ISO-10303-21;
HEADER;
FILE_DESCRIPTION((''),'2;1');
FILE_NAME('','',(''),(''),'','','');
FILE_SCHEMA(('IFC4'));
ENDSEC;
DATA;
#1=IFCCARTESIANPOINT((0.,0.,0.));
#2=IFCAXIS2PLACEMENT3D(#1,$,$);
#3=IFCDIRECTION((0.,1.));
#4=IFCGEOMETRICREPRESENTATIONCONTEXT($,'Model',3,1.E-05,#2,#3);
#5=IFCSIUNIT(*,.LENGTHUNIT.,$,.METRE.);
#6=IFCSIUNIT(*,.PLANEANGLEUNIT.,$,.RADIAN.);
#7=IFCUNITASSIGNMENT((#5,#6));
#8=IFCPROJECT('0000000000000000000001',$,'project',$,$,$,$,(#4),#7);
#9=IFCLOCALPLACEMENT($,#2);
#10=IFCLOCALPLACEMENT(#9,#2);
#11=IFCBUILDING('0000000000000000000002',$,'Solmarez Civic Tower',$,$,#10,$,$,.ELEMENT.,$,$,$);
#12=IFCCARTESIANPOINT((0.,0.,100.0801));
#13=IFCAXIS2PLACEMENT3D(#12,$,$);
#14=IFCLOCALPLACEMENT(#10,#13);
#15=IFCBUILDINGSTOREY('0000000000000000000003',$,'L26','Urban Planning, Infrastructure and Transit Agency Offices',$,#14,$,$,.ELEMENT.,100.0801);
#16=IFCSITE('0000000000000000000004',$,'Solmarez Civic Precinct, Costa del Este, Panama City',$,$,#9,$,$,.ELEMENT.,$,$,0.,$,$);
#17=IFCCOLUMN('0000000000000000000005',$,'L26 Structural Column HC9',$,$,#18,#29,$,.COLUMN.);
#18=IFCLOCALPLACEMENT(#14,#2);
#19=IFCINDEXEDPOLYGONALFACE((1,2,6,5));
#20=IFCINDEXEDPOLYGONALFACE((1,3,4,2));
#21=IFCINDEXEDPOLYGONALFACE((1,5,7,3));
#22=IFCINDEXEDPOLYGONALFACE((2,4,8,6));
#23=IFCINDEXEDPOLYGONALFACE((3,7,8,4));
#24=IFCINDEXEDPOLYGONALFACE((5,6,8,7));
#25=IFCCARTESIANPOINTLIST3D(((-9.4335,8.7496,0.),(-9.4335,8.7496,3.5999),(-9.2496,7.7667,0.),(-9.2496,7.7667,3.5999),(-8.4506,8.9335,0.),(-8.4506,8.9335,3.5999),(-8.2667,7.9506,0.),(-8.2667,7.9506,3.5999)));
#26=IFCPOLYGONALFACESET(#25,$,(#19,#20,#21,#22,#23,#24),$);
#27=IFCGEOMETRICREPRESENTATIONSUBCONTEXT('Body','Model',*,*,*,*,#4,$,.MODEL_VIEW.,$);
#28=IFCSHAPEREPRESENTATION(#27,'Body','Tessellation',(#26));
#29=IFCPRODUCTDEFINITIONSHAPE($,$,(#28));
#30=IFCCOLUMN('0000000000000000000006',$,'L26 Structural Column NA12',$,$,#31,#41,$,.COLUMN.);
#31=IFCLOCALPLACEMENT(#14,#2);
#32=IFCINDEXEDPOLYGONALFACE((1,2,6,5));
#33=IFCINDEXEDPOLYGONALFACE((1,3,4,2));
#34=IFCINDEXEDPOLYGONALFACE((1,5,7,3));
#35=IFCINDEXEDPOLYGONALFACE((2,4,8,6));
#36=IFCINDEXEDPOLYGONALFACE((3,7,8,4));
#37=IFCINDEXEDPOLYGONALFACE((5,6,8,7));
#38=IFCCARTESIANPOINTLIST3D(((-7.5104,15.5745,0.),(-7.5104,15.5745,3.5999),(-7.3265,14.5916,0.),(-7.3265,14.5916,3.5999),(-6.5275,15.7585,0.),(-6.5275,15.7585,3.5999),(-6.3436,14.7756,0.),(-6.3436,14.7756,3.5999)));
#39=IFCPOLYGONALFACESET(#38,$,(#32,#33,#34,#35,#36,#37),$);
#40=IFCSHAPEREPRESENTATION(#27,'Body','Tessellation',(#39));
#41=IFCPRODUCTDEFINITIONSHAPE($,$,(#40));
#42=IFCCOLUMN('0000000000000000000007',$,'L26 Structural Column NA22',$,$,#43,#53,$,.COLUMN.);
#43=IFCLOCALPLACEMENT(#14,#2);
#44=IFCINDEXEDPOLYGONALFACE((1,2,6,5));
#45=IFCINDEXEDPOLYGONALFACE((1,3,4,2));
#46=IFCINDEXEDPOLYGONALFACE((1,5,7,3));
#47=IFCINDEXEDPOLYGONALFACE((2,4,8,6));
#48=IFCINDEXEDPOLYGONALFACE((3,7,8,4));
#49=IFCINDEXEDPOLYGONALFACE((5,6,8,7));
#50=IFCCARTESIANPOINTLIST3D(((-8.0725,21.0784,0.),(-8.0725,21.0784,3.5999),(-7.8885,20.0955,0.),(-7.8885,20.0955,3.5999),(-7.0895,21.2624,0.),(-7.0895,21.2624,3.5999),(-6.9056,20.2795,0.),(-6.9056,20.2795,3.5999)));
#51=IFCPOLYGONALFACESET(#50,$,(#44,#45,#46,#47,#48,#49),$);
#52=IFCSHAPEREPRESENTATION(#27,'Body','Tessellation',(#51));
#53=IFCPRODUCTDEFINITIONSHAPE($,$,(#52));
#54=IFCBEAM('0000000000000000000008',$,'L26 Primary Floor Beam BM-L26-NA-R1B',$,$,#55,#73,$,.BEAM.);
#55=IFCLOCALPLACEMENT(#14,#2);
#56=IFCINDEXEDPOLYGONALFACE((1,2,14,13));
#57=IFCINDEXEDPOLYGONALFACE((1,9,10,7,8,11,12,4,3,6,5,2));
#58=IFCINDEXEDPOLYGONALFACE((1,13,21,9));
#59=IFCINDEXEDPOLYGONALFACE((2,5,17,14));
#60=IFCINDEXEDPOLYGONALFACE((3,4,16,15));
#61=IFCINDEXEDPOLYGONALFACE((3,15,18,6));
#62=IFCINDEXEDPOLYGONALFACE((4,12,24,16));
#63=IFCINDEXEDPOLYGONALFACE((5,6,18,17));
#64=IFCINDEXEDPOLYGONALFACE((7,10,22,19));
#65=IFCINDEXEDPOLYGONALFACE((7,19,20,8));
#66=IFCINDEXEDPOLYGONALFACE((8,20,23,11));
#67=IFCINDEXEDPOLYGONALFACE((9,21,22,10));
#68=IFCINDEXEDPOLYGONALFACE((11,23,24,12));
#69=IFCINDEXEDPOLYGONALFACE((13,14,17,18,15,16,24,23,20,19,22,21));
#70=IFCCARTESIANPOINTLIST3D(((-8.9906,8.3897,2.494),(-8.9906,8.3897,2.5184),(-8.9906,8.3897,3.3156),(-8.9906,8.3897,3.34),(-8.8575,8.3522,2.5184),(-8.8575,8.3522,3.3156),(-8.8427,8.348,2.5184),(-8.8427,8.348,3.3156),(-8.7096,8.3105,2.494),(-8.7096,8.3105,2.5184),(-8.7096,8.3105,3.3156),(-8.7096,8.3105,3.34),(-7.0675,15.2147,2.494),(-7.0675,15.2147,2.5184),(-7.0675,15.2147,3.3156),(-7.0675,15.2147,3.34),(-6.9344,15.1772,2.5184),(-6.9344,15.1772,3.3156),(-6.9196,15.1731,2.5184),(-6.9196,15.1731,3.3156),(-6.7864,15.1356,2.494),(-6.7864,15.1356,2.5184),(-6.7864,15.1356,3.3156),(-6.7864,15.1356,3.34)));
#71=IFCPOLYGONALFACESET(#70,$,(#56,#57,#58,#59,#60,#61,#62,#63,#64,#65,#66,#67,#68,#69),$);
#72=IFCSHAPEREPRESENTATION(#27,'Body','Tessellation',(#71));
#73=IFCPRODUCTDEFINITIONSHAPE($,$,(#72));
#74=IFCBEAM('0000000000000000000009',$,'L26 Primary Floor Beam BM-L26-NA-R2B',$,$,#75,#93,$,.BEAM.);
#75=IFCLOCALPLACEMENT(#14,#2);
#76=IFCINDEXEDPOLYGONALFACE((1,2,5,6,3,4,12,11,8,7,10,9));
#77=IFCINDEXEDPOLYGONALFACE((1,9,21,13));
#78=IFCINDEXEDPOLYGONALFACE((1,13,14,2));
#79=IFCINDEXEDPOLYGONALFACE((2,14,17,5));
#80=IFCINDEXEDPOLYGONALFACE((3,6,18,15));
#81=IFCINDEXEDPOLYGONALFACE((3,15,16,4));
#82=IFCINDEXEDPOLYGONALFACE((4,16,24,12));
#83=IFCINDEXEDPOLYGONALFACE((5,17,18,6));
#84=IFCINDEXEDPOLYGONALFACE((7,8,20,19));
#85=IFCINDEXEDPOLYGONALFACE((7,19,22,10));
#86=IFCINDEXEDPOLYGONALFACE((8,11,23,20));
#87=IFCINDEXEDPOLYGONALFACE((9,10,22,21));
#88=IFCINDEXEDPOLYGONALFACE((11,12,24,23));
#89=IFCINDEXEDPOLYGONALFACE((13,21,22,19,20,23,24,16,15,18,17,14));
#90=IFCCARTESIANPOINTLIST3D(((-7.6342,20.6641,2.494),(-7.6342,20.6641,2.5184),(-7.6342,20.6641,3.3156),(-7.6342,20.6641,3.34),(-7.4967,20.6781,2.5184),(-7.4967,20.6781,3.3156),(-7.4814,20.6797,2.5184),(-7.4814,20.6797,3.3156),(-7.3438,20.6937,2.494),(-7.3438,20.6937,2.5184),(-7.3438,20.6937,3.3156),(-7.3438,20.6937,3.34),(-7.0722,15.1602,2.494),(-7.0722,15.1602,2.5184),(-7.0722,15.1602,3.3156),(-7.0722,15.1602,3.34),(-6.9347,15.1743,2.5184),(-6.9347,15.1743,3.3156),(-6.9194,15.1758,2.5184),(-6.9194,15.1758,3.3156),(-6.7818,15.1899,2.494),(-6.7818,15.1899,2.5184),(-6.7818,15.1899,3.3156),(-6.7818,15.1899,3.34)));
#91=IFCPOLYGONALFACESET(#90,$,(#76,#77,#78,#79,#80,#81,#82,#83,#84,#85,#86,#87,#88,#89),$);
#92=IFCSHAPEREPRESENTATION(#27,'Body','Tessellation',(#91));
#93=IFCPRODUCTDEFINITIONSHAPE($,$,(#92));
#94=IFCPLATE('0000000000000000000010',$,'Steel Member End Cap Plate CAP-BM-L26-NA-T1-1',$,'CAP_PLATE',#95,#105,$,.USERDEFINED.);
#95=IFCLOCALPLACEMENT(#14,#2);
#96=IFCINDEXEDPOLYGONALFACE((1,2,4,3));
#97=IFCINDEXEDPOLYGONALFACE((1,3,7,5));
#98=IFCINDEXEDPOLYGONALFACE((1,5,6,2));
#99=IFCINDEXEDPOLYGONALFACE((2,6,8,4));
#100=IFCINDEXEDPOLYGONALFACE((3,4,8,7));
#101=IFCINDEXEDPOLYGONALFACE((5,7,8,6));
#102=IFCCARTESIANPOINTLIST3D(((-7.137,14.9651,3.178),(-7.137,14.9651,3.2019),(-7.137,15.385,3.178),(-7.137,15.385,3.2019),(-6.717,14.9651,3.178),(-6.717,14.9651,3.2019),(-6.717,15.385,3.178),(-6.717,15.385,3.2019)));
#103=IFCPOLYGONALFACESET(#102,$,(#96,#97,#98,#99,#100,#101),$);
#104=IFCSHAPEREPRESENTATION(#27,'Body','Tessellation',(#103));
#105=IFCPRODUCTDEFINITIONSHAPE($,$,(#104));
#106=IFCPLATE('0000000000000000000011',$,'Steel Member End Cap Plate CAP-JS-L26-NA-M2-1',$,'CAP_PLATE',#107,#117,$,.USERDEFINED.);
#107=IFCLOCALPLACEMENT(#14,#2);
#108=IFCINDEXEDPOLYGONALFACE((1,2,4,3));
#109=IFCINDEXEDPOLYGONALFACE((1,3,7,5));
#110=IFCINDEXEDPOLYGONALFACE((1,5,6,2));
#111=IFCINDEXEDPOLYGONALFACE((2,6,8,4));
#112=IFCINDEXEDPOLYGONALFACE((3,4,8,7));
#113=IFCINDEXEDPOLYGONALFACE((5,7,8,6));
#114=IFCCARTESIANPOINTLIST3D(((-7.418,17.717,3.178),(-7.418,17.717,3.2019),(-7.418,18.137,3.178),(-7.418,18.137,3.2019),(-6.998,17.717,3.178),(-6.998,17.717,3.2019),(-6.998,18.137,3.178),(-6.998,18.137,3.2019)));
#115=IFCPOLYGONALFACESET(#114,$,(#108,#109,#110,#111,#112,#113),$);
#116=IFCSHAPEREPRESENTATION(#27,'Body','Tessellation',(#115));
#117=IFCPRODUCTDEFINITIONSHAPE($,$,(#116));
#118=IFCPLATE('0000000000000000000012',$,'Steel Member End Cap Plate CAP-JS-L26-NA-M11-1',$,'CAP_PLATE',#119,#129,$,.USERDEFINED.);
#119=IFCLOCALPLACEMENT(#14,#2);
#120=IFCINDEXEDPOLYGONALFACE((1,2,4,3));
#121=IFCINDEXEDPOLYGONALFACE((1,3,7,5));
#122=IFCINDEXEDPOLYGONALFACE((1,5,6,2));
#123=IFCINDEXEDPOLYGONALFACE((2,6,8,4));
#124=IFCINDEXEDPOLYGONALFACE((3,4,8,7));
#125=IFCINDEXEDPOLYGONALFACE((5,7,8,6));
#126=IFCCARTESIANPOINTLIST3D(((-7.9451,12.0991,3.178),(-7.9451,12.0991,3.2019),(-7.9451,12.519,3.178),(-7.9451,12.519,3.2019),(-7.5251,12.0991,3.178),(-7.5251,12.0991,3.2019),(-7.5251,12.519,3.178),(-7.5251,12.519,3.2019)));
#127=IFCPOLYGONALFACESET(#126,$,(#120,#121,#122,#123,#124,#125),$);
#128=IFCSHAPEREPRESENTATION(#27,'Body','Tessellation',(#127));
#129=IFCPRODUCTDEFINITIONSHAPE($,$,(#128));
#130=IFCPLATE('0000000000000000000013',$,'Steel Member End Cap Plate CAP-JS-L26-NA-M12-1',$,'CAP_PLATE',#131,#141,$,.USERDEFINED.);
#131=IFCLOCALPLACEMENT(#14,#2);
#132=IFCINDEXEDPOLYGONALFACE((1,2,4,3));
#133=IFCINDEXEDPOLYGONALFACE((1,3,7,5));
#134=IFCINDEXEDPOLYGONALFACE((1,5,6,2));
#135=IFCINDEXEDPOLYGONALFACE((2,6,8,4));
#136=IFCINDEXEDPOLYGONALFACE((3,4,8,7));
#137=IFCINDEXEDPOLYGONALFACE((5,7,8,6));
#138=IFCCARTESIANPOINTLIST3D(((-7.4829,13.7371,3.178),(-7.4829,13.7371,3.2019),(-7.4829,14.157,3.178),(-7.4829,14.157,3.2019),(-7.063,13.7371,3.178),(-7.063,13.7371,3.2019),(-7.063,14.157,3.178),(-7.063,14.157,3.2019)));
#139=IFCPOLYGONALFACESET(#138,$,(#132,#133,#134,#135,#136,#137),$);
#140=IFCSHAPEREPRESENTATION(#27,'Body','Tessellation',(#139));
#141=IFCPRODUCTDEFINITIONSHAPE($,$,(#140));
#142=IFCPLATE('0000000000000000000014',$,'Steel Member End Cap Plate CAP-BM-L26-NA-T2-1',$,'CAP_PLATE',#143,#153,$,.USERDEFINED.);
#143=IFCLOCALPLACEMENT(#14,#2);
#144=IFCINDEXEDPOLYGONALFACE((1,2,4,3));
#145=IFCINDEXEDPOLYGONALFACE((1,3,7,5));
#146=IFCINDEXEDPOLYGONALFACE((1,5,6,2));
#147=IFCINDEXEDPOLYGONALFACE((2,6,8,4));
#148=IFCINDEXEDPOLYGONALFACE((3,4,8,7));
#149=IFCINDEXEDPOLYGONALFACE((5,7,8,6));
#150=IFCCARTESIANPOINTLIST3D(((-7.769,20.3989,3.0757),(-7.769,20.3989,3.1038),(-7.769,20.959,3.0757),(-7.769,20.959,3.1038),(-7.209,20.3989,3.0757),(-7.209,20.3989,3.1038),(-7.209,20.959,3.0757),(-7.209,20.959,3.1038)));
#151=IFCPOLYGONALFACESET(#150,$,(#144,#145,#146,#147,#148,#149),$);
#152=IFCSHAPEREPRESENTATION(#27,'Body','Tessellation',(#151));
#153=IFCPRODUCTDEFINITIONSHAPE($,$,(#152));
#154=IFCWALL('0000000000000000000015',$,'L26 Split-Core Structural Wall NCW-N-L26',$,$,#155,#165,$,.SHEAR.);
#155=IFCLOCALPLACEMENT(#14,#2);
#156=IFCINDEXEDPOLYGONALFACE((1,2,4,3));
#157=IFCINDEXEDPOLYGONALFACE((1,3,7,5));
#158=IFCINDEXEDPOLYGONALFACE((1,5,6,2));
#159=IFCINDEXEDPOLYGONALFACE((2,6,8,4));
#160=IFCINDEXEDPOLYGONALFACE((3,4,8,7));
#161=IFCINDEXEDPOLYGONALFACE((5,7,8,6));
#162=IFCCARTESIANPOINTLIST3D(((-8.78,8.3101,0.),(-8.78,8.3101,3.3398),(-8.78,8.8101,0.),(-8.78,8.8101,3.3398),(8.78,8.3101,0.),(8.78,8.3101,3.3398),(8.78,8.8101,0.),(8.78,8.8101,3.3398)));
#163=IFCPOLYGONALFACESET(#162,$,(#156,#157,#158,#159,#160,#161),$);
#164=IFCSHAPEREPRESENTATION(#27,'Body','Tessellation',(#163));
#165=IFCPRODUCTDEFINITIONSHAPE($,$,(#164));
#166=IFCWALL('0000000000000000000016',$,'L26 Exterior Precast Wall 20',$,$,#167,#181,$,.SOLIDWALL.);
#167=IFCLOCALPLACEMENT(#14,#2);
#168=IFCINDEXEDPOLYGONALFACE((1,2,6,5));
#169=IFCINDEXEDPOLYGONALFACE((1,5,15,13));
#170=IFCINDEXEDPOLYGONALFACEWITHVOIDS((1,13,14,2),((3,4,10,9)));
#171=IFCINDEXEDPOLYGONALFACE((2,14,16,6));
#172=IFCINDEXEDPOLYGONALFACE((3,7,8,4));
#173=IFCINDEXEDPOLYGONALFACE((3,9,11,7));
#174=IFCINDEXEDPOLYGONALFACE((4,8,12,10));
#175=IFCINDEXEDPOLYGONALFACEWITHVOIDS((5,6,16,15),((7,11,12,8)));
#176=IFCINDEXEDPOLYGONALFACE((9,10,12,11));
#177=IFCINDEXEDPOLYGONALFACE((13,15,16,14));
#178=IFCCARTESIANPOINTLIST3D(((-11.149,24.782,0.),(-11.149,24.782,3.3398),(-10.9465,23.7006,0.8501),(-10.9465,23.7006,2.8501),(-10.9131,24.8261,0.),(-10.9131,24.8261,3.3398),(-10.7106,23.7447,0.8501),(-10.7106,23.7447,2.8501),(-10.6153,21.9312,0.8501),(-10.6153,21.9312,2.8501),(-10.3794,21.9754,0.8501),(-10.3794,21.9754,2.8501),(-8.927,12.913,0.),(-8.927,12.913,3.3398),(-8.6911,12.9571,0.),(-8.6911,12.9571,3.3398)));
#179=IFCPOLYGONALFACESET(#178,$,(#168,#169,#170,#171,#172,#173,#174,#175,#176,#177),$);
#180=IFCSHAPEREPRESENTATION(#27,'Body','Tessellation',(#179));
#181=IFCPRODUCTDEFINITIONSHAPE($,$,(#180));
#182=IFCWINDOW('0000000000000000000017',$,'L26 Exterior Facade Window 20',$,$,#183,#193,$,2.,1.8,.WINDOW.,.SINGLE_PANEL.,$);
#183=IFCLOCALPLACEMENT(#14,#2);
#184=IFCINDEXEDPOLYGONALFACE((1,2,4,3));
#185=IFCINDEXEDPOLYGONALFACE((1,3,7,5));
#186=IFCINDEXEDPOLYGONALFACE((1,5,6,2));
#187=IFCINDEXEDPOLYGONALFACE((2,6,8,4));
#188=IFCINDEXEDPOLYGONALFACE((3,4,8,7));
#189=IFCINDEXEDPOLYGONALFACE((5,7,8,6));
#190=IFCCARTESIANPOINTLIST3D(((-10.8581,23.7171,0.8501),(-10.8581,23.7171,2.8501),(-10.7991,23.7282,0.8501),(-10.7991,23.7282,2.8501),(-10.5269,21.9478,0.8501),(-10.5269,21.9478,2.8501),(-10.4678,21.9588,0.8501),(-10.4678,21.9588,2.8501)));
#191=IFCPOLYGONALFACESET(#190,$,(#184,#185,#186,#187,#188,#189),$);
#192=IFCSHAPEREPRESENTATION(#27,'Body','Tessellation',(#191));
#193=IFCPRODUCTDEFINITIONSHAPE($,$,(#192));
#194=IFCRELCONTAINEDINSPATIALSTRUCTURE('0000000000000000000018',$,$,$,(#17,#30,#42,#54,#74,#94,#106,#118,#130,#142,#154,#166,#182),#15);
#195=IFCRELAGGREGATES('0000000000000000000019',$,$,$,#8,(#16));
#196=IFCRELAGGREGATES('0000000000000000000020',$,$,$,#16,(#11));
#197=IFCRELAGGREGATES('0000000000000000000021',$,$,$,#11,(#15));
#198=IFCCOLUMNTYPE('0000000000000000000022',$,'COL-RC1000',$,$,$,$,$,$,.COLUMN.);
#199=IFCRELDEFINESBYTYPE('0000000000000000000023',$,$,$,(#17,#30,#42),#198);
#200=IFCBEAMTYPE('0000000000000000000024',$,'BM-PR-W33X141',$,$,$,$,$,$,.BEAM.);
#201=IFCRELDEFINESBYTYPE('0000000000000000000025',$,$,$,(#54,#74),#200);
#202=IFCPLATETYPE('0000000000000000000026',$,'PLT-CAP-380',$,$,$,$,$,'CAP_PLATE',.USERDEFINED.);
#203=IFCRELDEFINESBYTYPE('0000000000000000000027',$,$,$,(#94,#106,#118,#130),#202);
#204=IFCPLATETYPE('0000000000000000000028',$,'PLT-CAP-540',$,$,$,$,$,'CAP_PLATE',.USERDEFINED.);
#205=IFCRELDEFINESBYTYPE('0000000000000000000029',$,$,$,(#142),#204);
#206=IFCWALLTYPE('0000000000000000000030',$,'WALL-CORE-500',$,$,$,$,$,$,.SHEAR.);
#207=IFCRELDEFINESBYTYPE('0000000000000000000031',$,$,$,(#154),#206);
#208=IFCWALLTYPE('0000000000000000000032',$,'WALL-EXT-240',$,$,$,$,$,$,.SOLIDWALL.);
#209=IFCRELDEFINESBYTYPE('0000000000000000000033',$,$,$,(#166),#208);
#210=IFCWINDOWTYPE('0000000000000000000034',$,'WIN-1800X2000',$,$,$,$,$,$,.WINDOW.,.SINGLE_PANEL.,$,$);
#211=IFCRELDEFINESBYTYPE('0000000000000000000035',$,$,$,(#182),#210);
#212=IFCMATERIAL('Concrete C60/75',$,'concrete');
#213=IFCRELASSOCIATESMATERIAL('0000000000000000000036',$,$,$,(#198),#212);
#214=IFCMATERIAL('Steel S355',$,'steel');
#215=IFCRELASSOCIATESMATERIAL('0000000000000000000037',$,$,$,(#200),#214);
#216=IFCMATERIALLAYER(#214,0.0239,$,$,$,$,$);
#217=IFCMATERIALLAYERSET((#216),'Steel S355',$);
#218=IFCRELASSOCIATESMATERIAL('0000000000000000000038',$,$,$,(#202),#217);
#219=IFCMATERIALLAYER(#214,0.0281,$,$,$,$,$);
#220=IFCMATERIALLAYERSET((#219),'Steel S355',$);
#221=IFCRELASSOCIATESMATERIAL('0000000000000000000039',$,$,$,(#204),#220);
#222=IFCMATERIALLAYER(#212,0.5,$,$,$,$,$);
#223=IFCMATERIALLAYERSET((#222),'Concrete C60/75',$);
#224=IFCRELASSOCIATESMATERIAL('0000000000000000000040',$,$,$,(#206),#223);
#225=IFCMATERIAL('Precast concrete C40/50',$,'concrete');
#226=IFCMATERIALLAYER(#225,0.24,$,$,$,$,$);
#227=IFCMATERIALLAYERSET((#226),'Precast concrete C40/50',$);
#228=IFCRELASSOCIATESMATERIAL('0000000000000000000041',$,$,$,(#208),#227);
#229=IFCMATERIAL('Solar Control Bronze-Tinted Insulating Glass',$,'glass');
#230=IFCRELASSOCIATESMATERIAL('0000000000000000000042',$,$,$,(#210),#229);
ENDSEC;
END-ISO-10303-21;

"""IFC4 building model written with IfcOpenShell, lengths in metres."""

from ifc_helpers import new_model, si_unit, direction, frame, frame_2d, origin, origin_2d, place, context, subcontext, project, spatial, rectangle, i_section, extrude, material, layer, layer_set, material_profile, profile_set, type_object, element, fill, save


model = new_model("IFC4")

# Units and contexts
model_context = context("Model", 3, precision=1e-05, world=origin(), true_north=direction((0.0, 1.0)))
body_context = subcontext(model_context, "Body", "Model", "MODEL_VIEW")
ifc_project = project(units=[si_unit("LENGTHUNIT", "METRE"), si_unit("PLANEANGLEUNIT", "RADIAN")], contexts=[model_context])

# Site, building, storey
site_placement = place(None, origin())
site = spatial("IfcSite", under=ifc_project, at=site_placement, Name="Solmarez Civic Precinct, Costa del Este, Panama City", CompositionType="ELEMENT", RefElevation=0.0)
building_placement = place(site_placement, origin())
building = spatial("IfcBuilding", under=site, at=building_placement, Name="Solmarez Civic Tower", CompositionType="ELEMENT")
storey_placement = place(building_placement, frame((0.0, 0.0, 100.0801)))
storey = spatial("IfcBuildingStorey", under=building, at=storey_placement, Name="L26", Description="Urban Planning, Infrastructure and Transit Agency Offices", CompositionType="ELEMENT", Elevation=100.0801)

# Columns
ifc_material_1 = material(Name="Concrete C60/75", Category="concrete")
ifc_material_profile_1 = material_profile(ifc_material_1, rectangle(XDim=1.0, YDim=1.0, at=origin_2d()), Name="RC1000X1000")
ifc_profile_set_1 = profile_set([ifc_material_profile_1], Name="Concrete C60/75")
column_type = type_object("IfcColumnType", Name="COL-RC1000", PredefinedType="COLUMN", material=ifc_profile_set_1)
for number, where, z_axis, x_axis, name in (
    (1, (-8.8501, 8.3501, 0.0), (0.0, 0.0, 1.0), (0.982935, 0.183951, 0.0), "L26 Structural Column HC9"),
    (2, (-6.927, 15.175, 0.0), (0.0, 0.0, 1.0), (0.982935, 0.183951, 0.0), "L26 Structural Column NA12"),
    (3, (-7.489, 20.679, 0.0), (0.0, 0.0, 1.0), (0.982935, 0.183951, 0.0), "L26 Structural Column NA22"),
):
    element("IfcColumn", number, at=place(storey_placement, frame(where, z_axis=z_axis, x_axis=x_axis)), inside=storey, type_object=column_type, Name=name, PredefinedType="COLUMN", context=body_context, shape_type="SweptSolid", body=[
        extrude(rectangle(XDim=1.0, YDim=1.0, at=origin_2d()), origin(), (0.0, 0.0, 1.0), 3.5999),
    ])

# Beams
ifc_material_2 = material(Name="Steel S355", Category="steel")
ifc_material_profile_2 = material_profile(ifc_material_2, i_section(OverallWidth=0.292, OverallDepth=0.8459, WebThickness=0.0154, FlangeThickness=0.0244, at=origin_2d()), Name="W33X141")
ifc_profile_set_2 = profile_set([ifc_material_profile_2], Name="Steel S355")
beam_type = type_object("IfcBeamType", Name="BM-PR-W33X141", PredefinedType="BEAM", material=ifc_profile_set_2)
beam_1_placement = place(storey_placement, frame((-8.8501, 8.3501, 2.917), z_axis=(0.271213, 0.962519, 0.0), x_axis=(-0.962519, 0.271213, 0.0)))
element("IfcBeam", 4, at=beam_1_placement, inside=storey, type_object=beam_type, Name="L26 Primary Floor Beam BM-L26-NA-R1B", PredefinedType="BEAM", context=body_context, shape_type="SweptSolid", body=[
    extrude(i_section(OverallWidth=0.292, OverallDepth=0.8459, WebThickness=0.0154, FlangeThickness=0.0244, at=origin_2d()), origin(), (0.0, 0.0, 1.0), 7.0908),
])
beam_2_placement = place(storey_placement, frame((-6.927, 15.175, 2.917), z_axis=(-0.101583, 0.994827, 0.0), x_axis=(-0.994827, -0.101583, 0.0)))
element("IfcBeam", 5, at=beam_2_placement, inside=storey, type_object=beam_type, Name="L26 Primary Floor Beam BM-L26-NA-R2B", PredefinedType="BEAM", context=body_context, shape_type="SweptSolid", body=[
    extrude(i_section(OverallWidth=0.292, OverallDepth=0.8459, WebThickness=0.0154, FlangeThickness=0.0244, at=origin_2d()), origin(), (0.0, 0.0, 1.0), 5.5325),
])

# Plates
ifc_layer_1 = layer(ifc_material_2, 0.0239)
ifc_layer_set_1 = layer_set([ifc_layer_1], Name="Steel S355")
plate_type_1 = type_object("IfcPlateType", Name="PLT-CAP-380", ElementType="CAP_PLATE", PredefinedType="USERDEFINED", material=ifc_layer_set_1)
for number, where, z_axis, x_axis, name in (
    (6, (-6.927, 15.175, 3.178), (0.0, 0.0, 1.0), (1.0, 0.0, 0.0), "Steel Member End Cap Plate CAP-BM-L26-NA-T1-1"),
    (7, (-7.208, 17.927, 3.178), (0.0, 0.0, 1.0), (1.0, 0.0, 0.0), "Steel Member End Cap Plate CAP-JS-L26-NA-M2-1"),
    (8, (-7.7351, 12.3091, 3.178), (0.0, 0.0, 1.0), (1.0, 0.0, 0.0), "Steel Member End Cap Plate CAP-JS-L26-NA-M11-1"),
    (9, (-7.2729, 13.947, 3.178), (0.0, 0.0, 1.0), (1.0, 0.0, 0.0), "Steel Member End Cap Plate CAP-JS-L26-NA-M12-1"),
):
    element("IfcPlate", number, at=place(storey_placement, frame(where, z_axis=z_axis, x_axis=x_axis)), inside=storey, type_object=plate_type_1, Name=name, ObjectType="CAP_PLATE", PredefinedType="USERDEFINED", context=body_context, shape_type="SweptSolid", body=[
        extrude(rectangle(XDim=0.4199, YDim=0.4199, at=origin_2d()), origin(), (0.0, 0.0, 1.0), 0.0239),
    ])
ifc_layer_2 = layer(ifc_material_2, 0.0281)
ifc_layer_set_2 = layer_set([ifc_layer_2], Name="Steel S355")
plate_type_2 = type_object("IfcPlateType", Name="PLT-CAP-540", ElementType="CAP_PLATE", PredefinedType="USERDEFINED", material=ifc_layer_set_2)
plate_placement = place(storey_placement, frame((-7.489, 20.679, 3.0757), z_axis=(0.0, 0.0, 1.0), x_axis=(1.0, 0.0, 0.0)))
element("IfcPlate", 10, at=plate_placement, inside=storey, type_object=plate_type_2, Name="Steel Member End Cap Plate CAP-BM-L26-NA-T2-1", ObjectType="CAP_PLATE", PredefinedType="USERDEFINED", context=body_context, shape_type="SweptSolid", body=[
    extrude(rectangle(XDim=0.5601, YDim=0.5601, at=origin_2d()), origin(), (0.0, 0.0, 1.0), 0.0281),
])

# Wall
ifc_layer_3 = layer(ifc_material_1, 0.5)
ifc_layer_set_3 = layer_set([ifc_layer_3], Name="Concrete C60/75")
wall_type_1 = type_object("IfcWallType", Name="WALL-CORE-500", PredefinedType="SHEAR", material=ifc_layer_set_3)
wall_1_placement = place(storey_placement, frame((-8.78, 8.5601, 0.0), z_axis=(0.0, 0.0, 1.0), x_axis=(1.0, 0.0, 0.0)))
element("IfcWall", 11, at=wall_1_placement, inside=storey, type_object=wall_type_1, Name="L26 Split-Core Structural Wall NCW-N-L26", PredefinedType="SHEAR", context=body_context, shape_type="SweptSolid", body=[
    extrude(rectangle(XDim=17.5601, YDim=0.5, at=frame_2d((8.78, 0.0))), origin(), (0.0, 0.0, 1.0), 3.3398),
])

# Wall, opening, window
ifc_material_3 = material(Name="Precast concrete C40/50", Category="concrete")
ifc_layer_4 = layer(ifc_material_3, 0.24)
ifc_layer_set_4 = layer_set([ifc_layer_4], Name="Precast concrete C40/50")
wall_type_2 = type_object("IfcWallType", Name="WALL-EXT-240", PredefinedType="SOLIDWALL", material=ifc_layer_set_4)
wall_2_placement = place(storey_placement, frame((-8.8091, 12.9351, 0.0), z_axis=(0.0, 0.0, 1.0), x_axis=(-0.184009, 0.982925, 0.0)))
wall_2 = element("IfcWall", 12, at=wall_2_placement, inside=storey, type_object=wall_type_2, Name="L26 Exterior Precast Wall 20", PredefinedType="SOLIDWALL", context=body_context, shape_type="SweptSolid", body=[
    extrude(rectangle(XDim=12.0752, YDim=0.24, at=frame_2d((6.0376, 0.0))), origin(), (0.0, 0.0, 1.0), 3.3398),
])
opening_1_placement = place(wall_2_placement, frame((9.175, 0.0, 0.8501)))
opening_1 = element("IfcOpeningElement", 13, at=opening_1_placement, cuts=wall_2, PredefinedType="OPENING", context=body_context, shape_type="SweptSolid", body=[
    extrude(rectangle(XDim=1.8, YDim=2.0, at=frame_2d((0.8999, 1.0))), frame((0.0, 0.1299, 0.0), z_axis=(0.0, -1.0, 0.0), x_axis=(1.0, 0.0, 0.0)), (0.0, 0.0, 1.0), 0.26),
])
ifc_material_4 = material(Name="Solar Control Bronze-Tinted Insulating Glass", Category="glass")
window_type = type_object("IfcWindowType", Name="WIN-1800X2000", PartitioningType="SINGLE_PANEL", PredefinedType="WINDOW", material=ifc_material_4)
window_placement = place(opening_1_placement, origin())
window = element("IfcWindow", 14, at=window_placement, inside=storey, type_object=window_type, Name="L26 Exterior Facade Window 20", OverallHeight=2.0, OverallWidth=1.8, PartitioningType="SINGLE_PANEL", PredefinedType="WINDOW", context=body_context, shape_type="SweptSolid", body=[
    extrude(rectangle(XDim=1.8, YDim=2.0, at=frame_2d((0.8999, 1.0))), frame((0.0, 0.03, 0.0), z_axis=(0.0, -1.0, 0.0), x_axis=(1.0, 0.0, 0.0)), (0.0, 0.0, 1.0), 0.0601),
])
fill(opening_1, window)

save(model, "model.ifc")
